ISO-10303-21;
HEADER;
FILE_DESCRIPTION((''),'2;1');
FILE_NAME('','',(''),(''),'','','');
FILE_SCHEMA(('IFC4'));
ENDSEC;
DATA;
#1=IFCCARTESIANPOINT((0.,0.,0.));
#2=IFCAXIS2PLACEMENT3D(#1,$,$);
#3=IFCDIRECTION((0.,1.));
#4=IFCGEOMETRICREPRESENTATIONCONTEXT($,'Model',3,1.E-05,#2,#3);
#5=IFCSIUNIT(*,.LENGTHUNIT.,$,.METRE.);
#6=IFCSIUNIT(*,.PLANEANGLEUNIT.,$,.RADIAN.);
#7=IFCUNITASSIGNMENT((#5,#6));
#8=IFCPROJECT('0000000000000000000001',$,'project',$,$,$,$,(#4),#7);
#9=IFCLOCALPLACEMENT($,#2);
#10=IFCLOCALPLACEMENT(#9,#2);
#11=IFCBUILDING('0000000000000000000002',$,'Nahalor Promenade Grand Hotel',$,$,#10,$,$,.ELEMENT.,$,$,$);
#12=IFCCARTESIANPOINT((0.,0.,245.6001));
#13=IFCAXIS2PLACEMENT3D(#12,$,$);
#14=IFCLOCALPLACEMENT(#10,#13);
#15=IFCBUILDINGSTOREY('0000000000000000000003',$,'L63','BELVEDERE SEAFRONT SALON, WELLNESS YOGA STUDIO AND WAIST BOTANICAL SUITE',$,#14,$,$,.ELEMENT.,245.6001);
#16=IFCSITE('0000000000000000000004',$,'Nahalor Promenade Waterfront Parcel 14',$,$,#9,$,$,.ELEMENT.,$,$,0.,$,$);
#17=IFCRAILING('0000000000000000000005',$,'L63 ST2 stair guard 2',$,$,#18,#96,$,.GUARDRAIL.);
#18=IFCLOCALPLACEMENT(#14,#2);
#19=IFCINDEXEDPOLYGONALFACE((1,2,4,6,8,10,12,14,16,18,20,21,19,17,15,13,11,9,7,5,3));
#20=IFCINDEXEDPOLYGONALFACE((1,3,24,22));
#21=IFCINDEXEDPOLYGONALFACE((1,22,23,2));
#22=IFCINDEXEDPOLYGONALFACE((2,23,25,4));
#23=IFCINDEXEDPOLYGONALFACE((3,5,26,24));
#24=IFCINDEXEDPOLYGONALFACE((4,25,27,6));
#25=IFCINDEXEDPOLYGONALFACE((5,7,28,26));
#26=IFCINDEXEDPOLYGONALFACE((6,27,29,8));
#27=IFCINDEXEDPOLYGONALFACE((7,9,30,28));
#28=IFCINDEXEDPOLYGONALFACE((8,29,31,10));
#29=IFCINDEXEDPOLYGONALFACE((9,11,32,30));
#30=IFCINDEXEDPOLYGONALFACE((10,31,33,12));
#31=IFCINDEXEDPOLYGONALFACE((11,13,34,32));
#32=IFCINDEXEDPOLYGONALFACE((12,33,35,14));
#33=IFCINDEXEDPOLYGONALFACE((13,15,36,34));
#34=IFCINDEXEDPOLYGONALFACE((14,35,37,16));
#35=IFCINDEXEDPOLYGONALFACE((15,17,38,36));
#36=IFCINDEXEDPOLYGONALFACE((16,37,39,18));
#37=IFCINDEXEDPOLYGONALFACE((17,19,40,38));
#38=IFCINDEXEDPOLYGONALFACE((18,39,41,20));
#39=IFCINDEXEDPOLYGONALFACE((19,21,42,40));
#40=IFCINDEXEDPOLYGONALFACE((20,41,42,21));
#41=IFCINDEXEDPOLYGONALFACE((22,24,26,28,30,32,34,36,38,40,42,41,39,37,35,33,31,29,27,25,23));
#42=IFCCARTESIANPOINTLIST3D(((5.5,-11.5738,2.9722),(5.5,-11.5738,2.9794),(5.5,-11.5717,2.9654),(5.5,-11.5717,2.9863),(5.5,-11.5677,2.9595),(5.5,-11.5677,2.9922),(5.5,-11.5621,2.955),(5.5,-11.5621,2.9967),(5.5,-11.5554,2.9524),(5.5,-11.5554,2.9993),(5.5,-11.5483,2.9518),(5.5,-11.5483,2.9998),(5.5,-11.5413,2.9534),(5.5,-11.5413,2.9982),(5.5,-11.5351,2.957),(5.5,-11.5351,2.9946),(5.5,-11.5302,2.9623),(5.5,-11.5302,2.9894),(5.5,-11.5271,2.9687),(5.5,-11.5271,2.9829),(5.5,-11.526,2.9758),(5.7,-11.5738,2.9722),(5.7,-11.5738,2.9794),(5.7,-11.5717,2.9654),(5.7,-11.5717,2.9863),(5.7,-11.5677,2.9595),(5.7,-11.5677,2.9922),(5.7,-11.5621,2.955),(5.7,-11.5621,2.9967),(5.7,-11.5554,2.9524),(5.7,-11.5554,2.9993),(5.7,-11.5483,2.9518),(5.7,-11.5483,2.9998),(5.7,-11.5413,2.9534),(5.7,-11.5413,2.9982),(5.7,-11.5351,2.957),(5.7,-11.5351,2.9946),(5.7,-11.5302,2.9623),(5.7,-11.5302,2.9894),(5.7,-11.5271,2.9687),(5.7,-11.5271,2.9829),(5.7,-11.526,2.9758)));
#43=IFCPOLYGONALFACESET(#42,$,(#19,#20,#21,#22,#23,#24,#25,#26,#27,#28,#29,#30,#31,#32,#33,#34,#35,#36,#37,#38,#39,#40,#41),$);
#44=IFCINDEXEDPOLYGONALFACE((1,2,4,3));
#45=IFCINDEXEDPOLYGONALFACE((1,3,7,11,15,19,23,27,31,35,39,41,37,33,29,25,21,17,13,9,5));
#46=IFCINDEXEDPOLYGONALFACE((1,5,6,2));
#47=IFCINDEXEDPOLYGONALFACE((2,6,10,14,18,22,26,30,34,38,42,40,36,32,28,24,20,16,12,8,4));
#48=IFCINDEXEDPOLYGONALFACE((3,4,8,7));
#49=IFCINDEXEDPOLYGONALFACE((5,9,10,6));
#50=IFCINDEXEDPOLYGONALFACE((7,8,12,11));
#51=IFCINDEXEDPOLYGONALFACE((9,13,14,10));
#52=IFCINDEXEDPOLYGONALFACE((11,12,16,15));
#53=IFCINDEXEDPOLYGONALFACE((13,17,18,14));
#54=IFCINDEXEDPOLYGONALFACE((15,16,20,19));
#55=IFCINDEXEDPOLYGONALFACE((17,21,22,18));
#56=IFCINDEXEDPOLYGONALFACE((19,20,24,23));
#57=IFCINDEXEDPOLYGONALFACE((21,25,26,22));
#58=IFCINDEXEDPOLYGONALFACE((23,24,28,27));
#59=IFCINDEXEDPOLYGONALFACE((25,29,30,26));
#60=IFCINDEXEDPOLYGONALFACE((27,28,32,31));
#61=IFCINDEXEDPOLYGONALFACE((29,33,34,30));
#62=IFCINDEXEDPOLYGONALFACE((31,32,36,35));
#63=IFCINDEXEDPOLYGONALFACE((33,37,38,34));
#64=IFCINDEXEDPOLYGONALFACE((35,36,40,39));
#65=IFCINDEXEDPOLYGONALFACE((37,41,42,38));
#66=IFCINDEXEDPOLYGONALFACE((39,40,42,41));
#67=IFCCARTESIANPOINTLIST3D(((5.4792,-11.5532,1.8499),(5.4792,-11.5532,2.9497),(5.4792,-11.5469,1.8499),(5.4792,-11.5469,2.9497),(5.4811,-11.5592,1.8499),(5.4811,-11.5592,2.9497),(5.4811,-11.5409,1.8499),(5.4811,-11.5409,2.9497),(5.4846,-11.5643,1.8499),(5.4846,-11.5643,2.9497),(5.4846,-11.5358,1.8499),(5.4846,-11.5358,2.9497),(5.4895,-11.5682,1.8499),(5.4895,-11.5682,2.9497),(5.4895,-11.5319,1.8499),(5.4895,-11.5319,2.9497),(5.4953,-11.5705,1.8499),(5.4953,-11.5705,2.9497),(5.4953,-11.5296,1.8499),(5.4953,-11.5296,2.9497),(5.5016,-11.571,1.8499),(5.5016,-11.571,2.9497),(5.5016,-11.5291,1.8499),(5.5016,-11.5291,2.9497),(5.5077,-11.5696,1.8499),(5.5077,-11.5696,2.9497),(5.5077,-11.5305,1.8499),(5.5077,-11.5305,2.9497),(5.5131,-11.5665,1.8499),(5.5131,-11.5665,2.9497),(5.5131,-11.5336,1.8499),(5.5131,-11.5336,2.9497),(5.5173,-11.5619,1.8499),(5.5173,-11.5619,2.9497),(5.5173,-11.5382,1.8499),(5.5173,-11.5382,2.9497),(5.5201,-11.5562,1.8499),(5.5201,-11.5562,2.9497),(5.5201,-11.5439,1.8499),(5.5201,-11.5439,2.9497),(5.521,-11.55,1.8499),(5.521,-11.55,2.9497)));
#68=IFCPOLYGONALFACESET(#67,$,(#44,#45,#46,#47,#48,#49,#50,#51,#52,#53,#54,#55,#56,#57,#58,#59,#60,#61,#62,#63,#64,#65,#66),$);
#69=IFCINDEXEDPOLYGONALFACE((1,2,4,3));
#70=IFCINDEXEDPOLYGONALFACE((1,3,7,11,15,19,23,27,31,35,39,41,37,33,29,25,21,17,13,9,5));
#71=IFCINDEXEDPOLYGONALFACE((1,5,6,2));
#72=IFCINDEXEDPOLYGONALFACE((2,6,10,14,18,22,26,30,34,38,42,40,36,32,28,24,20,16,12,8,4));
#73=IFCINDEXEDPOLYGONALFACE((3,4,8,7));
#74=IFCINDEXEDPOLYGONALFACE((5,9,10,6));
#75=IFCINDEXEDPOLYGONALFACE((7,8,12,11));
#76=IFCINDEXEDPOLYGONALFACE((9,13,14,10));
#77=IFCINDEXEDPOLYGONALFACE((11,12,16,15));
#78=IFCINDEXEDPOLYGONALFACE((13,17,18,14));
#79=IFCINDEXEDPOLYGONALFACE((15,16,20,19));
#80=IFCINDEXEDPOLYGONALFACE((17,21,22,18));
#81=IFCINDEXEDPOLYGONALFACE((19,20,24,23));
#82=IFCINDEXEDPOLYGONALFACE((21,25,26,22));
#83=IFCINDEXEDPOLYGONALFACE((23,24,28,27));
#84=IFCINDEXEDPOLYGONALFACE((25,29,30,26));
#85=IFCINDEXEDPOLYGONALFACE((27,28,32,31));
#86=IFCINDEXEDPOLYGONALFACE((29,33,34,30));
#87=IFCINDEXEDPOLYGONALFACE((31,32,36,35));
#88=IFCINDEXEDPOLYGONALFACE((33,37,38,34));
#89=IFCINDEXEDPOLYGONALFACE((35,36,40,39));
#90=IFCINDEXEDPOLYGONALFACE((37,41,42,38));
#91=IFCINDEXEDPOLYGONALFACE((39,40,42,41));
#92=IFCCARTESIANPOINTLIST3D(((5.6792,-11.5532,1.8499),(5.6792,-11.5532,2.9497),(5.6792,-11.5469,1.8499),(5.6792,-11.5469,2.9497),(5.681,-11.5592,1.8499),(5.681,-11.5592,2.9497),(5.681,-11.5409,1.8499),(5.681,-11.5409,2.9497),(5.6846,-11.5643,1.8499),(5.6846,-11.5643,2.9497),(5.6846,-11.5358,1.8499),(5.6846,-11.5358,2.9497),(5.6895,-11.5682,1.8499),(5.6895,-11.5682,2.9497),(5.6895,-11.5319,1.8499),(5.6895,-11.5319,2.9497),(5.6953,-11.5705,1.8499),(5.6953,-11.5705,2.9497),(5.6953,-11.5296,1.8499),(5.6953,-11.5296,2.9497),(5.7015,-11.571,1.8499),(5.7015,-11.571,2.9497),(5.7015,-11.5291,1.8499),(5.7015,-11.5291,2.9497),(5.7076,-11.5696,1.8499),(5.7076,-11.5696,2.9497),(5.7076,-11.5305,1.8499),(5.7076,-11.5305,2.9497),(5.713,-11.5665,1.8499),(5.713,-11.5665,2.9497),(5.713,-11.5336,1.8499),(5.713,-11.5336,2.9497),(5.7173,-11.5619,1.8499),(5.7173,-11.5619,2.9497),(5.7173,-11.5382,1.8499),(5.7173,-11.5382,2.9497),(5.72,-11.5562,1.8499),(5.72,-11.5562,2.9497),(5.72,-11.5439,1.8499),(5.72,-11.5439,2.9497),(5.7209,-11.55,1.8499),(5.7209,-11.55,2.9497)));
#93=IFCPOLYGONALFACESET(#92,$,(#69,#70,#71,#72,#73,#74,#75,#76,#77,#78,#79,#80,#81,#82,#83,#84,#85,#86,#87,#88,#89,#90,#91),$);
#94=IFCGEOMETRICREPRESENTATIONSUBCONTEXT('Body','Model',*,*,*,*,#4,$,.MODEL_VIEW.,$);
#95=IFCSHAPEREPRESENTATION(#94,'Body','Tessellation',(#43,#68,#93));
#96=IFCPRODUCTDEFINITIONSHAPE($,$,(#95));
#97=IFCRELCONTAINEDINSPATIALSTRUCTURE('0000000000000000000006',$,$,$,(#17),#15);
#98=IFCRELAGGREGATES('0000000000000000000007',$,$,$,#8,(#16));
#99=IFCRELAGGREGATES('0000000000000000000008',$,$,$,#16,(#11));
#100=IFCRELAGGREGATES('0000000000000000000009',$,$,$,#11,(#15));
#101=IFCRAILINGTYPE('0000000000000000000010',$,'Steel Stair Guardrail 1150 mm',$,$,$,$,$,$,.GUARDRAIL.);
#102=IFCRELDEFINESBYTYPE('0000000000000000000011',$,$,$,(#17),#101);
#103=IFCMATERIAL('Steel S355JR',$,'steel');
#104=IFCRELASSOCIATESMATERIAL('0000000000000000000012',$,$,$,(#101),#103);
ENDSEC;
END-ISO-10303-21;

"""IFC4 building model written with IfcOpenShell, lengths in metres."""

from ifc_helpers import new_model, si_unit, direction, frame, origin, origin_2d, place, context, subcontext, project, spatial, circle, extrude, material, type_object, element, save


model = new_model("IFC4")

# Units and contexts
model_context = context("Model", 3, precision=1e-05, world=origin(), true_north=direction((0.0, 1.0)))
body_context = subcontext(model_context, "Body", "Model", "MODEL_VIEW")
ifc_project = project(units=[si_unit("LENGTHUNIT", "METRE"), si_unit("PLANEANGLEUNIT", "RADIAN")], contexts=[model_context])

# Site, building, storey
site_placement = place(None, origin())
site = spatial("IfcSite", under=ifc_project, at=site_placement, Name="Nahalor Promenade Waterfront Parcel 14", CompositionType="ELEMENT", RefElevation=0.0)
building_placement = place(site_placement, origin())
building = spatial("IfcBuilding", under=site, at=building_placement, Name="Nahalor Promenade Grand Hotel", CompositionType="ELEMENT")
storey_placement = place(building_placement, frame((0.0, 0.0, 245.6001)))
storey = spatial("IfcBuildingStorey", under=building, at=storey_placement, Name="L63", Description="BELVEDERE SEAFRONT SALON, WELLNESS YOGA STUDIO AND WAIST BOTANICAL SUITE", CompositionType="ELEMENT", Elevation=245.6001)

# Shared definitions
ifc_material_1 = material(Name="Steel S355JR", Category="steel")

# Railing
railing_type_1 = type_object("IfcRailingType", Name="Steel Stair Guardrail 1150 mm", PredefinedType="GUARDRAIL", material=ifc_material_1)
railing_1_placement = place(storey_placement, frame((5.5, -11.55, 1.8499)))
element("IfcRailing", 1, at=railing_1_placement, inside=storey, type_object=railing_type_1, Name="L63 ST2 stair guard 2", PredefinedType="GUARDRAIL", context=body_context, shape_type="SweptSolid", body=[
    extrude(circle(Radius=0.024, at=origin_2d()), frame((0.0, 0.0, 1.126), z_axis=(1.0, 0.0, 0.0), x_axis=(0.0, 1.0, 0.0)), (0.0, 0.0, 1.0), 0.2),
    extrude(circle(Radius=0.021, at=origin_2d()), origin(), (0.0, 0.0, 1.0), 1.0999),
    extrude(circle(Radius=0.021, at=origin_2d()), frame((0.2, 0.0, 0.0)), (0.0, 0.0, 1.0), 1.0999),
])

save(model, "model.ifc")
